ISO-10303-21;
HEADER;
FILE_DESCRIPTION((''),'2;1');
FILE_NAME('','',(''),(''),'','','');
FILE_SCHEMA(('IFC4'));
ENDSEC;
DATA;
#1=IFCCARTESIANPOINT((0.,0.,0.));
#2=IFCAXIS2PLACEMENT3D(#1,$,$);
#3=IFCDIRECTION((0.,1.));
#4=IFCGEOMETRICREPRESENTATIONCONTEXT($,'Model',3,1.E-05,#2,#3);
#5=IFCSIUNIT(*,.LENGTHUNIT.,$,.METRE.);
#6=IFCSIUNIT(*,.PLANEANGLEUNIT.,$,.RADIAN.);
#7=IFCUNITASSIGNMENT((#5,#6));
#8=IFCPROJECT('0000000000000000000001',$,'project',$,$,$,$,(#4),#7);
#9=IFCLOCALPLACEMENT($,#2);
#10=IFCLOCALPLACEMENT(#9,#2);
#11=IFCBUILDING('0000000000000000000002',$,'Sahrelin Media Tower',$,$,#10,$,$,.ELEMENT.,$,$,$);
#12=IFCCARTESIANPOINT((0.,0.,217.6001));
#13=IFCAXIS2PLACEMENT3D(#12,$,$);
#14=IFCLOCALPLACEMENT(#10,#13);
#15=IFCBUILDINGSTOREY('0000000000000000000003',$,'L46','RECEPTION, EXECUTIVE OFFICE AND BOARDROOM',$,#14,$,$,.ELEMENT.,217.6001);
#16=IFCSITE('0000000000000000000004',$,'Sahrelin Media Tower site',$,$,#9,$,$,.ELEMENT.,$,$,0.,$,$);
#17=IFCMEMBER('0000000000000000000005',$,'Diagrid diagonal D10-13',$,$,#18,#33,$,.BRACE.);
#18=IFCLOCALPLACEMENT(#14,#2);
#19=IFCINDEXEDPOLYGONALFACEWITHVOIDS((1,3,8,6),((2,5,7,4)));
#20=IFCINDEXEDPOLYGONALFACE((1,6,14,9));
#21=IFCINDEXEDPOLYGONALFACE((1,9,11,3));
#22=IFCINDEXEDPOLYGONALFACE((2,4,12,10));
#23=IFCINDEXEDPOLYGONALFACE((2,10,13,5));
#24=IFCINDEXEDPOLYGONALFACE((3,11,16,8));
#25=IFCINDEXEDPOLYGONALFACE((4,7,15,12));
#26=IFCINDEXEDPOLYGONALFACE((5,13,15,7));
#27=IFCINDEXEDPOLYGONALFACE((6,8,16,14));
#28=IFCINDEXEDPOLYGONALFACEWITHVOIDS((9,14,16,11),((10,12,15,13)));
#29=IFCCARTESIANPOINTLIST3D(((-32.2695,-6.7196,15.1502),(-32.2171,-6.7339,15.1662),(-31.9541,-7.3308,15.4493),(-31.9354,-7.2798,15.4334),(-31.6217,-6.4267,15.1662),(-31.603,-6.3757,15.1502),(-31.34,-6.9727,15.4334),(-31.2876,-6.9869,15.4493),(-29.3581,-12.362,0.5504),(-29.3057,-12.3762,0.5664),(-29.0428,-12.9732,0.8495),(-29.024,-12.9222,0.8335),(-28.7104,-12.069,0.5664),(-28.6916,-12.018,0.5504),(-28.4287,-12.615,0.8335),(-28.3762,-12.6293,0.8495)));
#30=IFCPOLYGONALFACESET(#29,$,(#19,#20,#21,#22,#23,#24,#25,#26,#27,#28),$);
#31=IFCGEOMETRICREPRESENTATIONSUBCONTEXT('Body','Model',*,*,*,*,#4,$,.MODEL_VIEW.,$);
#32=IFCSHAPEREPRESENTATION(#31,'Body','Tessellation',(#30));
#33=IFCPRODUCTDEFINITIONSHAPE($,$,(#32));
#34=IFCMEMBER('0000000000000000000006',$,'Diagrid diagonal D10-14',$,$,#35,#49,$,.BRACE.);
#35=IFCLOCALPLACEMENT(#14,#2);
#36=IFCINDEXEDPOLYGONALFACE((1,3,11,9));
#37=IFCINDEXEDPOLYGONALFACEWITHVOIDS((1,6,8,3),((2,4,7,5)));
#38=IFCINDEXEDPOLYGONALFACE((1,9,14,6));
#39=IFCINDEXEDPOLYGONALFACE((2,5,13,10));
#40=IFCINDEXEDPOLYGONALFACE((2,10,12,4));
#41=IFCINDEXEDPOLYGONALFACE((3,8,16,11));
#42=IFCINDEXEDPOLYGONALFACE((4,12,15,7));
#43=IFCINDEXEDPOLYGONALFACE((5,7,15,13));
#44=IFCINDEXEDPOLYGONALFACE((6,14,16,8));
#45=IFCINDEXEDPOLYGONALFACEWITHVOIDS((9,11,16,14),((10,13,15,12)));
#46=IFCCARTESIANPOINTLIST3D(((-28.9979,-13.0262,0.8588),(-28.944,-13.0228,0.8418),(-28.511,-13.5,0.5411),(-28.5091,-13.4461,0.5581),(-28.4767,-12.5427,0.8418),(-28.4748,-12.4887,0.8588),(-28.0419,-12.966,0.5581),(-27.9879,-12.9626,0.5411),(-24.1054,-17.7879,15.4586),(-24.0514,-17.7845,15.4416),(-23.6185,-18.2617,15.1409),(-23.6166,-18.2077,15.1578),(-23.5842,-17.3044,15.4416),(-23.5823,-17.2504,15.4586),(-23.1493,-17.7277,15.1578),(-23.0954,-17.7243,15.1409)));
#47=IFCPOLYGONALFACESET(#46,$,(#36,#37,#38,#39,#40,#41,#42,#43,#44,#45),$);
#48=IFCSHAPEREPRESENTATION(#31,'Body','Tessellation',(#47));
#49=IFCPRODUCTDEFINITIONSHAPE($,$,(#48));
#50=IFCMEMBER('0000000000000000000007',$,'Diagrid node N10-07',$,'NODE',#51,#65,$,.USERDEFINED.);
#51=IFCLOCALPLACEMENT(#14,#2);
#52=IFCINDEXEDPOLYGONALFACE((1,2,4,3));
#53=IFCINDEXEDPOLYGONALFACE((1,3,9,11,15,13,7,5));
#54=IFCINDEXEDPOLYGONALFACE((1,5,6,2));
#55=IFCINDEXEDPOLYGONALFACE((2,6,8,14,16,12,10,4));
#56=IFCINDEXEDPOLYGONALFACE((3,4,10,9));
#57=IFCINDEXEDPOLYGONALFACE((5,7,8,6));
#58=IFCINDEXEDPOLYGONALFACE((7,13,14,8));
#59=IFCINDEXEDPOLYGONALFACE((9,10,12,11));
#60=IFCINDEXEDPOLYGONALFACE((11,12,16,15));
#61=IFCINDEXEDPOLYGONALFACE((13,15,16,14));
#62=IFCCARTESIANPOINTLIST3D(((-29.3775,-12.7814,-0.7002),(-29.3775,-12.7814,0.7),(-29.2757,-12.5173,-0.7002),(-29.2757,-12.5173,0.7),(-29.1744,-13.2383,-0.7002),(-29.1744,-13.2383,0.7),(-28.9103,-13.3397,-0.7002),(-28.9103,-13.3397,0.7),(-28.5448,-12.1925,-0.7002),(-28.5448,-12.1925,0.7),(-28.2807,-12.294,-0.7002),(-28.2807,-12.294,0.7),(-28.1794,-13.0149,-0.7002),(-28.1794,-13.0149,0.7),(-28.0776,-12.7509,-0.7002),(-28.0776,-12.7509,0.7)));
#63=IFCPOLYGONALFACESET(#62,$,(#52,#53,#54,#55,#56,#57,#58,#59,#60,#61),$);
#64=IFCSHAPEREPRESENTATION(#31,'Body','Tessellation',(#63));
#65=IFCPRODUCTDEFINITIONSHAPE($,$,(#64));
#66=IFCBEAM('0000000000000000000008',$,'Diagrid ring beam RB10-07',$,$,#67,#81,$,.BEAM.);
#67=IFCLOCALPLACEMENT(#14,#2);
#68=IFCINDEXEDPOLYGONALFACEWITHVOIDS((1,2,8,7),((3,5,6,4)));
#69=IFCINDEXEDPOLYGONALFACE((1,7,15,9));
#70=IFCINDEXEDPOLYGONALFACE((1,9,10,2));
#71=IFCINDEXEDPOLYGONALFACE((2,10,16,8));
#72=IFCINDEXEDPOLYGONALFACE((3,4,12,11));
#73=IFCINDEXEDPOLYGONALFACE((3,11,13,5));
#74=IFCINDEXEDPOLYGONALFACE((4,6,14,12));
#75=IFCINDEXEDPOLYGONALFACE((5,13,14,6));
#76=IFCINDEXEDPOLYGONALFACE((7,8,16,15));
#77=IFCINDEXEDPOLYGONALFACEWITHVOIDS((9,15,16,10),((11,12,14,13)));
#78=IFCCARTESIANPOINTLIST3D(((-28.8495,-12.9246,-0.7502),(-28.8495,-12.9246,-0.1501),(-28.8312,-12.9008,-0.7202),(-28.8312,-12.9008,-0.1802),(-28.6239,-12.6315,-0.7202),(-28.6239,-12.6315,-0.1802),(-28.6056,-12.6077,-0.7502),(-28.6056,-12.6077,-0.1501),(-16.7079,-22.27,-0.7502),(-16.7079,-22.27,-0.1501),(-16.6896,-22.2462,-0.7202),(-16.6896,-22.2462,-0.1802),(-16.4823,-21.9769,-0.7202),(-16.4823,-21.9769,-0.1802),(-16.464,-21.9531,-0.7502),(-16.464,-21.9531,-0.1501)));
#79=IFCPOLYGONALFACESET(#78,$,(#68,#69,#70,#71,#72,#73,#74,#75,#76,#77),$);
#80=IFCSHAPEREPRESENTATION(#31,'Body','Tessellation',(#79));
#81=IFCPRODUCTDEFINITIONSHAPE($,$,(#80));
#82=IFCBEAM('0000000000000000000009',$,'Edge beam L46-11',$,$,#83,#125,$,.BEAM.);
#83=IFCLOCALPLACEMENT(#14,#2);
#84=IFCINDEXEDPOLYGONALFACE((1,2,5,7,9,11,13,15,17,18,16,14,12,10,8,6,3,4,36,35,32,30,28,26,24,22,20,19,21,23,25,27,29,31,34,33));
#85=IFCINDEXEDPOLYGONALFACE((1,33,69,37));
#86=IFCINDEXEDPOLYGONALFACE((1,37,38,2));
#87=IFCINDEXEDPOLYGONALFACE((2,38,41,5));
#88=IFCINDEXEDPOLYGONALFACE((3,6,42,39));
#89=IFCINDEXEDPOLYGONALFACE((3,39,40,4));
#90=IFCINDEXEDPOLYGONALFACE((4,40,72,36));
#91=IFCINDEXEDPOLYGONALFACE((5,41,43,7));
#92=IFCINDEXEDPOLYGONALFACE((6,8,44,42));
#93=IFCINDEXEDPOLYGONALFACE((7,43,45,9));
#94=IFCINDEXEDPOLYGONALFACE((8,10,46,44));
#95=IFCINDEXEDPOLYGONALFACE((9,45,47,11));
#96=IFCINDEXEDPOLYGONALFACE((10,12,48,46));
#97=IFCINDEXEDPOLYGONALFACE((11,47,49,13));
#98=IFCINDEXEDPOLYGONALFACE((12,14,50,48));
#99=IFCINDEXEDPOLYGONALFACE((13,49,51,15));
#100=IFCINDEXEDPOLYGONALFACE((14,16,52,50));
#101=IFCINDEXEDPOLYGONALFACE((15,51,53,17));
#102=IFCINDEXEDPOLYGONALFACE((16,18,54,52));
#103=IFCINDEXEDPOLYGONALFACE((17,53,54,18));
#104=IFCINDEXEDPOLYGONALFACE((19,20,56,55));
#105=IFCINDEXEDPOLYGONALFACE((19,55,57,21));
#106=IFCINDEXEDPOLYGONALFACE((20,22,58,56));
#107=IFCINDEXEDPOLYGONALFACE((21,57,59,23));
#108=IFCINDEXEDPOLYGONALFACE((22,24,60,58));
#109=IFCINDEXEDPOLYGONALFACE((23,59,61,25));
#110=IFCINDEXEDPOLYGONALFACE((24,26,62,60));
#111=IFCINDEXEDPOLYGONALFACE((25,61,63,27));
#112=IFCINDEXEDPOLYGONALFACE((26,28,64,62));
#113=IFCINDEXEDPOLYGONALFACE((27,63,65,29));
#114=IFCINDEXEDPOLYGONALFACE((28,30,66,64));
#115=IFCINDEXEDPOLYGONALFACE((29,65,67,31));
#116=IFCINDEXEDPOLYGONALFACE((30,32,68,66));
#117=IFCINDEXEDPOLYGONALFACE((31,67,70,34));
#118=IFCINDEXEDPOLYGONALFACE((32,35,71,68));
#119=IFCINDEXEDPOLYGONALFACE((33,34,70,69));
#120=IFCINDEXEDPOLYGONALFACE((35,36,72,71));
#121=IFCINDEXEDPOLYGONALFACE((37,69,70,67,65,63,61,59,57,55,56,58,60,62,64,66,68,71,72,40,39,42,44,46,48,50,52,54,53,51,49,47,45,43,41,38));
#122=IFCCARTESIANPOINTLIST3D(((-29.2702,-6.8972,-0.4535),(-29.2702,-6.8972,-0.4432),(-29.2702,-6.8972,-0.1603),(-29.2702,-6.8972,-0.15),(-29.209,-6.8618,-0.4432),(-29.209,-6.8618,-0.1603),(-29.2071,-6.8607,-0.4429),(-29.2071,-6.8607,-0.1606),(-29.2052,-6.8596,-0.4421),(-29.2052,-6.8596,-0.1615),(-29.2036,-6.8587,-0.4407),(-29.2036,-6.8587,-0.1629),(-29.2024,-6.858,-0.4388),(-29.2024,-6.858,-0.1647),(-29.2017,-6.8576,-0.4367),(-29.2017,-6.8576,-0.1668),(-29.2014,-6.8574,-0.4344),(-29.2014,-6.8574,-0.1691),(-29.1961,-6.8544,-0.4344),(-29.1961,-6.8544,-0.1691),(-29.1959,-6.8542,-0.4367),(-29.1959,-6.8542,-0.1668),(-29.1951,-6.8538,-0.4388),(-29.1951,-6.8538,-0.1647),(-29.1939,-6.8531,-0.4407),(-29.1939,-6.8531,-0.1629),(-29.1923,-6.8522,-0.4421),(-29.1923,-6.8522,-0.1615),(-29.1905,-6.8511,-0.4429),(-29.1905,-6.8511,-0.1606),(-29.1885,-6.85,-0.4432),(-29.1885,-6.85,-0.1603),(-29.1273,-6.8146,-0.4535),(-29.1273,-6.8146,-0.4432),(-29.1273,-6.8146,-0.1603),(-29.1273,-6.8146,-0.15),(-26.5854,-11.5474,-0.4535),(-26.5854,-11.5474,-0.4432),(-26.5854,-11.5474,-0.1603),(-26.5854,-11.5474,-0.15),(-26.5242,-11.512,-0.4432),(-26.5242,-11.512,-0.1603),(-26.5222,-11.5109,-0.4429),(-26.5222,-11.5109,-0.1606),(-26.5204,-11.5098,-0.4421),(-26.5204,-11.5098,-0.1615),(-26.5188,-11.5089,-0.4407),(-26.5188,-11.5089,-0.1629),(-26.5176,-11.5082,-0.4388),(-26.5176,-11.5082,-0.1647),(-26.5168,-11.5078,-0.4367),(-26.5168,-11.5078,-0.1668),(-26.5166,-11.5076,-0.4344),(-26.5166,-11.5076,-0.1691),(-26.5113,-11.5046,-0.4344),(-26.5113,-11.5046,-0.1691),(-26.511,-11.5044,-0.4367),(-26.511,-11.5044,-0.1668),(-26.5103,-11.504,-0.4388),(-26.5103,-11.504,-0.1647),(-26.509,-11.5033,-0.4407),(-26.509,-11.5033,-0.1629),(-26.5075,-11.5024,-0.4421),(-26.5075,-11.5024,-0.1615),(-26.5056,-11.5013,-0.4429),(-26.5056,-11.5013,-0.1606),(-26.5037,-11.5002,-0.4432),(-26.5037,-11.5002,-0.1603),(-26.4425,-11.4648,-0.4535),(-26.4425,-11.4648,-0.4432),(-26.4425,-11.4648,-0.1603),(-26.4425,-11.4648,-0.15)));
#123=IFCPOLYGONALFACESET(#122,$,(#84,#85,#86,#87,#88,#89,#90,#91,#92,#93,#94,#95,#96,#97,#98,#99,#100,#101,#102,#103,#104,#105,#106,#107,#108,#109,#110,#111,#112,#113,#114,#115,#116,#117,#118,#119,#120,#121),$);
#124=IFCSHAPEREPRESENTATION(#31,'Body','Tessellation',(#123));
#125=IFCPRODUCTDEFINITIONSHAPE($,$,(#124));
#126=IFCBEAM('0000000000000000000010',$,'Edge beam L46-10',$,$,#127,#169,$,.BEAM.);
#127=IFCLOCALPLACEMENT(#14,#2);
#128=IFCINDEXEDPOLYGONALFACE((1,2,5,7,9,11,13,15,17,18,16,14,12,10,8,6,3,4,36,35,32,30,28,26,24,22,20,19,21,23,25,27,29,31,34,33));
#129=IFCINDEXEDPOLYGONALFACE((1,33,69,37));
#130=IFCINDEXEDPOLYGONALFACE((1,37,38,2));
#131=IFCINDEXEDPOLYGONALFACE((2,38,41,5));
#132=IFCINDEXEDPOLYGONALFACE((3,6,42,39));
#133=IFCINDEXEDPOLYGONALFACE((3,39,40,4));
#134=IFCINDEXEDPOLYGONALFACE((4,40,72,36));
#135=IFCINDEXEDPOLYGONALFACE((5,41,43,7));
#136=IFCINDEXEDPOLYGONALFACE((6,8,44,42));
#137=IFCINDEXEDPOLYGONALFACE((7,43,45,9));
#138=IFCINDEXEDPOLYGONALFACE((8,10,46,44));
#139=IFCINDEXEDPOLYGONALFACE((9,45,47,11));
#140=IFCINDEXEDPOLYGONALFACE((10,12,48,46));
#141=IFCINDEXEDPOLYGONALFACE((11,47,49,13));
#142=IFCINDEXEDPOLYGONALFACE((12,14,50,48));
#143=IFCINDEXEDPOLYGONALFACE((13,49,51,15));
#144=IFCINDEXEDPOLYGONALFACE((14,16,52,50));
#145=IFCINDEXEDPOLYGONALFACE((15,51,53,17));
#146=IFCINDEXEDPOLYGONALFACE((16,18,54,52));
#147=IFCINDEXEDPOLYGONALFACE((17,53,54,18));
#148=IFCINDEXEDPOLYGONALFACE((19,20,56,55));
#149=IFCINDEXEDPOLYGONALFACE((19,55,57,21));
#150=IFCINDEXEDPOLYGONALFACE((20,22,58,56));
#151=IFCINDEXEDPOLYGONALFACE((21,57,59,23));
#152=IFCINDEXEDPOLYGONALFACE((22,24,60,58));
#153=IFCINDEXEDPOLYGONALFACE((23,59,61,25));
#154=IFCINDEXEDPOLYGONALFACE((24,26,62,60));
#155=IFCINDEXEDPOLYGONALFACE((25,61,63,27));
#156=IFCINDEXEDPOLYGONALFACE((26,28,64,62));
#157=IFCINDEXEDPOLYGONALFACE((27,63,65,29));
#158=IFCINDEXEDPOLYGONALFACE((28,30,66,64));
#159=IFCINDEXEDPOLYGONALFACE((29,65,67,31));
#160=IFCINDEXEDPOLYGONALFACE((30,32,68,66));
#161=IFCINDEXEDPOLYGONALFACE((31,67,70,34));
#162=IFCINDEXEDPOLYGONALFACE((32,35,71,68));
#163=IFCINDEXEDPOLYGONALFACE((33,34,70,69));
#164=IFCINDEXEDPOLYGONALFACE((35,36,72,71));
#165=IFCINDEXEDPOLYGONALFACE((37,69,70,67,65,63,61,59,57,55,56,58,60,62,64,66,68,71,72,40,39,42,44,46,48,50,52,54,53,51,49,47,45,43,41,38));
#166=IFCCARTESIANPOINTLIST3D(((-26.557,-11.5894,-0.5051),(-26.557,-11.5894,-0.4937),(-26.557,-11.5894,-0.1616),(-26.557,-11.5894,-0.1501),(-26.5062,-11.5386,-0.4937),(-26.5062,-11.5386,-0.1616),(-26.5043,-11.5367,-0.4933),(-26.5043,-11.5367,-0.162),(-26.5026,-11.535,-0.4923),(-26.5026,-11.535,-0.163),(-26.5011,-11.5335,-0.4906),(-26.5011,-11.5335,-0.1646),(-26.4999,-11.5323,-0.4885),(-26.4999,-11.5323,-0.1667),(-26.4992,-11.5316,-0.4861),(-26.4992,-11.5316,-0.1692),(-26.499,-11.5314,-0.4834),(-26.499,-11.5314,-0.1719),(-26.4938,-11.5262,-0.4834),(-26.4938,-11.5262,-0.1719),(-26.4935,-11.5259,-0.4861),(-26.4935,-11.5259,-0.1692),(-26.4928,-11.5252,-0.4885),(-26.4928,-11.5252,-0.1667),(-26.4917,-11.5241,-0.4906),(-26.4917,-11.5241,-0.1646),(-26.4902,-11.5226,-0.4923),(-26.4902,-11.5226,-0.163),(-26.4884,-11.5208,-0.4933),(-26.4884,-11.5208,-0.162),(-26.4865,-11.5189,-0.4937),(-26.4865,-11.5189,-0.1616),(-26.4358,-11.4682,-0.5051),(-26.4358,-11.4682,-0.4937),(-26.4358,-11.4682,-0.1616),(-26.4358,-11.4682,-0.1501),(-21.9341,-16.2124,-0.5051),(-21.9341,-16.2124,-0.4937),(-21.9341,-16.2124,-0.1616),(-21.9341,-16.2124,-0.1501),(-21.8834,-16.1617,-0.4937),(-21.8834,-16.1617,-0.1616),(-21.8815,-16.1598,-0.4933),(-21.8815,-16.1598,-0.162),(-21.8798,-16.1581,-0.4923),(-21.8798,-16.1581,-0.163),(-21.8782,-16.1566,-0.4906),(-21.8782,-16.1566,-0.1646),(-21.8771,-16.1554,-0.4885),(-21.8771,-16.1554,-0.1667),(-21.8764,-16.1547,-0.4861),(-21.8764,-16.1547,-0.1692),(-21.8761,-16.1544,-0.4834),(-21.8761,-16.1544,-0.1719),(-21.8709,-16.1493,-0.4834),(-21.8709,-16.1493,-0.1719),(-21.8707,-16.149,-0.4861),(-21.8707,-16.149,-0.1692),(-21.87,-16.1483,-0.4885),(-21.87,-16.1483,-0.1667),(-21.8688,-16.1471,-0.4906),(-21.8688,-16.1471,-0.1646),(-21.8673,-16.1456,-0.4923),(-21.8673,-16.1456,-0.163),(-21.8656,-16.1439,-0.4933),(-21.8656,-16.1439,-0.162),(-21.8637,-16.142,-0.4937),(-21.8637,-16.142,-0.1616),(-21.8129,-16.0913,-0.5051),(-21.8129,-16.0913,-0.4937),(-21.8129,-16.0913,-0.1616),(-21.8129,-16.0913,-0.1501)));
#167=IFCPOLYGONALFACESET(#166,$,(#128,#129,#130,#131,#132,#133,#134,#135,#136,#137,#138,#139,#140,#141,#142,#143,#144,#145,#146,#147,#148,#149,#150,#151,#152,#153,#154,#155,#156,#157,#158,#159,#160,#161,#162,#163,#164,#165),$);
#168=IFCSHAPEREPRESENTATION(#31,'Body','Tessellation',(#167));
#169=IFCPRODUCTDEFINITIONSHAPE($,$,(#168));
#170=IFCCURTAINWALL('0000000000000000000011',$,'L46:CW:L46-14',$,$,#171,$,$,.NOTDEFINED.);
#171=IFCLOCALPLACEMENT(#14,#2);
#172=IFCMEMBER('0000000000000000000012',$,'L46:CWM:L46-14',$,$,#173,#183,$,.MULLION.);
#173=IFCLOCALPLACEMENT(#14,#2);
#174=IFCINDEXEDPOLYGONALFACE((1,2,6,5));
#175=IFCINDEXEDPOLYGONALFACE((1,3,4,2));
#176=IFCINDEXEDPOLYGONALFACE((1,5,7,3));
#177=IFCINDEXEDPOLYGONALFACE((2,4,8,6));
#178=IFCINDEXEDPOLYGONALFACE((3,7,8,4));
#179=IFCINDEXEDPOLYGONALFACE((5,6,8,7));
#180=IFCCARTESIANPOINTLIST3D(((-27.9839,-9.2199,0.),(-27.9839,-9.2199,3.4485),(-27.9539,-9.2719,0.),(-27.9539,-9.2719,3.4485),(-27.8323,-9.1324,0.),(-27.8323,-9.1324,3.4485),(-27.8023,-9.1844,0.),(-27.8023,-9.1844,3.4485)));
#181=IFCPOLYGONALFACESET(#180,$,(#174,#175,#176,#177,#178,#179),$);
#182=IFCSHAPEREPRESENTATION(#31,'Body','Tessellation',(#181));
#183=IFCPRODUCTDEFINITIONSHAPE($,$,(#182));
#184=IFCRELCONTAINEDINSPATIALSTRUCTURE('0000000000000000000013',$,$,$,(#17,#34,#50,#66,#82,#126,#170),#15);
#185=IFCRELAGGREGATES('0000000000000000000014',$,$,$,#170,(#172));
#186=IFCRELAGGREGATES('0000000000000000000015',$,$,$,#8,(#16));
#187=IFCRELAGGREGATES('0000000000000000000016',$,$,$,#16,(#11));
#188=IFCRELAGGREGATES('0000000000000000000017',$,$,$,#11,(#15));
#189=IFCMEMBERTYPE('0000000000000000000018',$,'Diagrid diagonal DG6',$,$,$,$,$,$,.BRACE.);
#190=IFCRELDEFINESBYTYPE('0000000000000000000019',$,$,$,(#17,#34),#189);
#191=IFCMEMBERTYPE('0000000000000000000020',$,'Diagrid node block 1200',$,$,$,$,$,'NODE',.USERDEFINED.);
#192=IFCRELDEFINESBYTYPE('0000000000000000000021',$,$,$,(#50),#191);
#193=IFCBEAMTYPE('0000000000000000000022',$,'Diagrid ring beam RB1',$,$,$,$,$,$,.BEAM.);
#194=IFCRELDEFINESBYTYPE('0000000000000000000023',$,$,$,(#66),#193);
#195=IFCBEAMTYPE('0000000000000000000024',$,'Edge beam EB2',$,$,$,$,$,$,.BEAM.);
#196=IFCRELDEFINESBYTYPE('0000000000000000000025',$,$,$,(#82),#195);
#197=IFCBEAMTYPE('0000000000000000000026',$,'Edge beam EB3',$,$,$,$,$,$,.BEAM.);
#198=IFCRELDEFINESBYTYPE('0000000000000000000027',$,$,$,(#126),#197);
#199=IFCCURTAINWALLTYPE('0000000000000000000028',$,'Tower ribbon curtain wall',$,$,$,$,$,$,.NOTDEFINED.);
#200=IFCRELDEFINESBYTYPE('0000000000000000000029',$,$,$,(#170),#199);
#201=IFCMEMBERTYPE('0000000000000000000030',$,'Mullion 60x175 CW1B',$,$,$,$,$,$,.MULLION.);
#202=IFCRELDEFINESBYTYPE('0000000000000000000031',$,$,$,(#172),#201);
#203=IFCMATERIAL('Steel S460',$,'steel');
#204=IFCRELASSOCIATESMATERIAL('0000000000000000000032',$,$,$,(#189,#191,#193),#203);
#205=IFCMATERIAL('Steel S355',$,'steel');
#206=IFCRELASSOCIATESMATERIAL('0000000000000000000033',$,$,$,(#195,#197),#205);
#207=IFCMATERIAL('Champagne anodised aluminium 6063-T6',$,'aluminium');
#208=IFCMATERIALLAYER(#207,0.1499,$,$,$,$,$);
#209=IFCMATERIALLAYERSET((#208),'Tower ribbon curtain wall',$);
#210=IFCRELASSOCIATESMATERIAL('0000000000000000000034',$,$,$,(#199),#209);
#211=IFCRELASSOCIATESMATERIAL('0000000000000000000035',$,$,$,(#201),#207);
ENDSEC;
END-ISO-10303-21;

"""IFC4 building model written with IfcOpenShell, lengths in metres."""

from ifc_helpers import new_model, si_unit, direction, frame, origin, origin_2d, place, context, subcontext, project, spatial, polyline, rectangle, hollow_rectangle, i_section, outline, extrude, material, layer, layer_set, material_profile, profile_set, type_object, element, aggregate, save


model = new_model("IFC4")

# Units and contexts
model_context = context("Model", 3, precision=1e-05, world=origin(), true_north=direction((0.0, 1.0)))
body_context = subcontext(model_context, "Body", "Model", "MODEL_VIEW")
ifc_project = project(units=[si_unit("LENGTHUNIT", "METRE"), si_unit("PLANEANGLEUNIT", "RADIAN")], contexts=[model_context])

# Site, building, storey
site_placement = place(None, origin())
site = spatial("IfcSite", under=ifc_project, at=site_placement, Name="Sahrelin Media Tower site", CompositionType="ELEMENT", RefElevation=0.0)
building_placement = place(site_placement, origin())
building = spatial("IfcBuilding", under=site, at=building_placement, Name="Sahrelin Media Tower", CompositionType="ELEMENT")
storey_placement = place(building_placement, frame((0.0, 0.0, 217.6001)))
storey = spatial("IfcBuildingStorey", under=building, at=storey_placement, Name="L46", Description="RECEPTION, EXECUTIVE OFFICE AND BOARDROOM", CompositionType="ELEMENT", Elevation=217.6001)

# Members
ifc_material_1 = material(Name="Steel S460", Category="steel")
ifc_material_profile_1 = material_profile(ifc_material_1, hollow_rectangle(XDim=0.75, YDim=0.75, WallThickness=0.04, at=origin_2d()), Name="Diagrid diagonal DG6")
ifc_profile_set_1 = profile_set([ifc_material_profile_1], Name="Steel S460")
member_type_1 = type_object("IfcMemberType", Name="Diagrid diagonal DG6", PredefinedType="BRACE", material=ifc_profile_set_1)
member_1_placement = place(storey_placement, frame((-28.8672, -12.4956, 0.7), z_axis=(-0.182868, 0.354403, 0.917038), x_axis=(-0.888672, -0.458544, 0.0)))
element("IfcMember", 1, at=member_1_placement, inside=storey, type_object=member_type_1, Name="Diagrid diagonal D10-13", PredefinedType="BRACE", context=body_context, shape_type="SweptSolid", body=[
    extrude(hollow_rectangle(XDim=0.75, YDim=0.75, WallThickness=0.04, at=origin_2d()), origin(), (0.0, 0.0, 1.0), 15.9207),
])
member_2_placement = place(storey_placement, frame((-28.4929, -12.9944, 0.7), z_axis=(0.303561, -0.295442, 0.90585), x_axis=(0.697458, 0.716625, 0.0)))
element("IfcMember", 2, at=member_2_placement, inside=storey, type_object=member_type_1, Name="Diagrid diagonal D10-14", PredefinedType="BRACE", context=body_context, shape_type="SweptSolid", body=[
    extrude(hollow_rectangle(XDim=0.75, YDim=0.75, WallThickness=0.04, at=origin_2d()), origin(), (0.0, 0.0, 1.0), 16.1172),
])
ifc_material_profile_2 = material_profile(ifc_material_1, outline(polyline([(0.3999, -0.45), (0.6001, -0.25), (0.6001, 0.25), (0.3999, 0.45), (-0.3999, 0.45), (-0.6001, 0.25), (-0.6001, -0.25), (-0.3999, -0.45), (0.3999, -0.45)])), Name="Diagrid node block 1200")
ifc_profile_set_2 = profile_set([ifc_material_profile_2], Name="Steel S460")
member_type_2 = type_object("IfcMemberType", Name="Diagrid node block 1200", ElementType="NODE", PredefinedType="USERDEFINED", material=ifc_profile_set_2)
member_3_placement = place(storey_placement, frame((-28.7275, -12.7661, -0.7002), z_axis=(0.0, 0.0, 1.0), x_axis=(-0.913832, -0.406092, 0.0)))
element("IfcMember", 3, at=member_3_placement, inside=storey, type_object=member_type_2, Name="Diagrid node N10-07", ObjectType="NODE", PredefinedType="USERDEFINED", context=body_context, shape_type="SweptSolid", body=[
    extrude(outline(polyline([(0.3999, -0.45), (0.6001, -0.25), (0.6001, 0.25), (0.3999, 0.45), (-0.3999, 0.45), (-0.6001, 0.25), (-0.6001, -0.25), (-0.3999, -0.45), (0.3999, -0.45)])), origin(), (0.0, 0.0, 1.0), 1.4001),
])

# Beams
ifc_material_profile_3 = material_profile(ifc_material_1, hollow_rectangle(XDim=0.3999, YDim=0.6001, WallThickness=0.03, at=origin_2d()), Name="Diagrid ring beam RB1")
ifc_profile_set_3 = profile_set([ifc_material_profile_3], Name="Steel S460")
beam_type_1 = type_object("IfcBeamType", Name="Diagrid ring beam RB1", PredefinedType="BEAM", material=ifc_profile_set_3)
beam_1_placement = place(storey_placement, frame((-28.7275, -12.7661, -0.4502), z_axis=(0.792442, -0.609947, 0.0), x_axis=(0.609947, 0.792442, 0.0)))
element("IfcBeam", 4, at=beam_1_placement, inside=storey, type_object=beam_type_1, Name="Diagrid ring beam RB10-07", PredefinedType="BEAM", context=body_context, shape_type="SweptSolid", body=[
    extrude(hollow_rectangle(XDim=0.3999, YDim=0.6001, WallThickness=0.03, at=origin_2d()), origin(), (0.0, 0.0, 1.0), 15.3218),
])
ifc_material_2 = material(Name="Steel S355", Category="steel")
ifc_material_profile_4 = material_profile(ifc_material_2, i_section(OverallWidth=0.165, OverallDepth=0.3035, WebThickness=0.0061, FlangeThickness=0.0103, FilletRadius=0.0088, at=origin_2d()), Name="UB 305x165x40")
ifc_profile_set_4 = profile_set([ifc_material_profile_4], Name="Steel S355")
beam_type_2 = type_object("IfcBeamType", Name="Edge beam EB2", PredefinedType="BEAM", material=ifc_profile_set_4)
beam_2_placement = place(storey_placement, frame((-26.5139, -11.5061, -0.3018), z_axis=(-0.500007, 0.866021, 0.0), x_axis=(-0.866021, -0.500007, 0.0)))
element("IfcBeam", 5, at=beam_2_placement, inside=storey, type_object=beam_type_2, Name="Edge beam L46-11", PredefinedType="BEAM", context=body_context, shape_type="SweptSolid", body=[
    extrude(i_section(OverallWidth=0.165, OverallDepth=0.3035, WebThickness=0.0061, FlangeThickness=0.0103, FilletRadius=0.0088, at=origin_2d()), origin(), (0.0, 0.0, 1.0), 5.3696),
])
ifc_material_profile_5 = material_profile(ifc_material_2, i_section(OverallWidth=0.1714, OverallDepth=0.355, WebThickness=0.0073, FlangeThickness=0.0115, FilletRadius=0.0103, at=origin_2d()), Name="UB 356x171x51")
ifc_profile_set_5 = profile_set([ifc_material_profile_5], Name="Steel S355")
beam_type_3 = type_object("IfcBeamType", Name="Edge beam EB3", PredefinedType="BEAM", material=ifc_profile_set_5)
beam_3_placement = place(storey_placement, frame((-21.8735, -16.1519, -0.3276), z_axis=(-0.707088, 0.707125, 0.0), x_axis=(-0.707125, -0.707088, 0.0)))
element("IfcBeam", 6, at=beam_3_placement, inside=storey, type_object=beam_type_3, Name="Edge beam L46-10", PredefinedType="BEAM", context=body_context, shape_type="SweptSolid", body=[
    extrude(i_section(OverallWidth=0.1714, OverallDepth=0.355, WebThickness=0.0073, FlangeThickness=0.0115, FilletRadius=0.0103, at=origin_2d()), origin(), (0.0, 0.0, 1.0), 6.5378),
])

# Curtain wall, member
ifc_material_3 = material(Name="Champagne anodised aluminium 6063-T6", Category="aluminium")
ifc_layer_1 = layer(ifc_material_3, 0.1499)
ifc_layer_set_1 = layer_set([ifc_layer_1], Name="Tower ribbon curtain wall")
curtain_wall_type = type_object("IfcCurtainWallType", Name="Tower ribbon curtain wall", PredefinedType="NOTDEFINED", material=ifc_layer_set_1)
curtain_wall_1_placement = place(storey_placement, frame((-27.9861, -9.2559, 0.0), z_axis=(0.0, 0.0, 1.0), x_axis=(1.0, 0.0, 0.0)))
curtain_wall_1 = element("IfcCurtainWall", 7, at=curtain_wall_1_placement, inside=storey, type_object=curtain_wall_type, Name="L46:CW:L46-14", PredefinedType="NOTDEFINED")
ifc_material_profile_6 = material_profile(ifc_material_3, rectangle(XDim=0.0601, YDim=0.175, at=origin_2d()), Name="Mullion 60x175")
ifc_profile_set_6 = profile_set([ifc_material_profile_6], Name="Champagne anodised aluminium 6063-T6")
member_type_3 = type_object("IfcMemberType", Name="Mullion 60x175 CW1B", PredefinedType="MULLION", material=ifc_profile_set_6)
member_4_placement = place(storey_placement, frame((-27.8931, -9.2021, 0.0), z_axis=(0.0, 0.0, 1.0), x_axis=(0.499995, -0.866028, 0.0)))
member_4 = element("IfcMember", 8, at=member_4_placement, type_object=member_type_3, Name="L46:CWM:L46-14", PredefinedType="MULLION", context=body_context, shape_type="SweptSolid", body=[
    extrude(rectangle(XDim=0.0601, YDim=0.175, at=origin_2d()), origin(), (0.0, 0.0, 1.0), 3.4485),
])
aggregate(curtain_wall_1, [member_4])

save(model, "model.ifc")
